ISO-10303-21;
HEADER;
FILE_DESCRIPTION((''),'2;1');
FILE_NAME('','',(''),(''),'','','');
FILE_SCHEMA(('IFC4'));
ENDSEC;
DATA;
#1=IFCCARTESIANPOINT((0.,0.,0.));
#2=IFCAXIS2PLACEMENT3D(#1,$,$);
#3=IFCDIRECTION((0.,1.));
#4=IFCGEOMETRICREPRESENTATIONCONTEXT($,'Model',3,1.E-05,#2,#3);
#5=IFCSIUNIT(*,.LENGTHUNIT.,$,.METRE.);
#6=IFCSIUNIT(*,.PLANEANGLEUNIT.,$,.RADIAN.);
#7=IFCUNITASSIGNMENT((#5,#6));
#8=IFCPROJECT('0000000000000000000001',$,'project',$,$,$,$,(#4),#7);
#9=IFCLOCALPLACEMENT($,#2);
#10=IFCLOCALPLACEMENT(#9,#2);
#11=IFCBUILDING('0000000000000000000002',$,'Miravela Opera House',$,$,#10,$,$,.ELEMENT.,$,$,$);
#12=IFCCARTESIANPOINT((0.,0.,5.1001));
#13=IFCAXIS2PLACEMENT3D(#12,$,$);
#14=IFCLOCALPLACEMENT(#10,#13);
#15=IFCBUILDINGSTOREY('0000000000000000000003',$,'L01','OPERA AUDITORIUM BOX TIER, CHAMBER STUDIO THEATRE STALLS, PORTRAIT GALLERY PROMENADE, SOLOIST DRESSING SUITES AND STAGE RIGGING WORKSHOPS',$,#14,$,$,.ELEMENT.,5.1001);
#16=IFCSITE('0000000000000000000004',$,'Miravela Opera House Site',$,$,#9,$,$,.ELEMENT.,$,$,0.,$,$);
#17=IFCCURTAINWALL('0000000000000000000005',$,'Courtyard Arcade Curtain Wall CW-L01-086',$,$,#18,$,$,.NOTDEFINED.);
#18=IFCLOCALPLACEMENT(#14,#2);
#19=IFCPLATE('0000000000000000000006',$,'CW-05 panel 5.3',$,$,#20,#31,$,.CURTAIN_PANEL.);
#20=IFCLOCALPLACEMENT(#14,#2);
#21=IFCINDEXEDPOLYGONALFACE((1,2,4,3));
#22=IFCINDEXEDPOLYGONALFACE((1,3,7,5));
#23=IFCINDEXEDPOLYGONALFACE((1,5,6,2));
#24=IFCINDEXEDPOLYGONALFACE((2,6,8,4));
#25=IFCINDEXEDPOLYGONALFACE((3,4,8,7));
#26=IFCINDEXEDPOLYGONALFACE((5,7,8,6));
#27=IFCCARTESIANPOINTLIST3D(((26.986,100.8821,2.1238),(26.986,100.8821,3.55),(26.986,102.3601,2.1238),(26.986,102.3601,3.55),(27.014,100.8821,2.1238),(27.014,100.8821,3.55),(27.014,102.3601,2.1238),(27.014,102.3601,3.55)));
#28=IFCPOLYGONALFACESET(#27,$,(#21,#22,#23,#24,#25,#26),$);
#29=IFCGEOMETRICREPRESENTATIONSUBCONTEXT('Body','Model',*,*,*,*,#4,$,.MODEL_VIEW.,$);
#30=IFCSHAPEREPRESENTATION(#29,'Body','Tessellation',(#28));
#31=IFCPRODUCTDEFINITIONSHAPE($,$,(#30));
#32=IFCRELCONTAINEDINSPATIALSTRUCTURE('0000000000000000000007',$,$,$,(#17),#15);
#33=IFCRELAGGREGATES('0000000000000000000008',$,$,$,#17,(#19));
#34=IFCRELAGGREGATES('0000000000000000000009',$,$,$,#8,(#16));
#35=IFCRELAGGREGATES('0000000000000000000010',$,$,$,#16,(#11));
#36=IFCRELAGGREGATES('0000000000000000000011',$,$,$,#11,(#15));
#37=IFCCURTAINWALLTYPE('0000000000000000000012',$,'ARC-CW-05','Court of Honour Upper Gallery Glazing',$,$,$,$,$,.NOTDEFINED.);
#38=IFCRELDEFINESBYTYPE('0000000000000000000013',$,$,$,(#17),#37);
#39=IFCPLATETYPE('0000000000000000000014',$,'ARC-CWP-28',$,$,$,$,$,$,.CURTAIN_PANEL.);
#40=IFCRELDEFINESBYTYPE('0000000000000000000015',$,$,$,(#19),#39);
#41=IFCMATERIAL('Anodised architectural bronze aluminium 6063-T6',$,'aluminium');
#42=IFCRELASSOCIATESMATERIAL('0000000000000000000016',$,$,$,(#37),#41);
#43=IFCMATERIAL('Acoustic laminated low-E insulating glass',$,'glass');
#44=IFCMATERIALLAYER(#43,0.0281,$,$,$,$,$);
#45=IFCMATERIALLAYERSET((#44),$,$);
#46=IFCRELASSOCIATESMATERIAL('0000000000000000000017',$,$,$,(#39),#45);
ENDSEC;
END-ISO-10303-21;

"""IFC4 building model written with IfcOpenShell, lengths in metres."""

from ifc_helpers import new_model, si_unit, direction, frame, origin, origin_2d, place, context, subcontext, project, spatial, rectangle, extrude, material, layer, layer_set, type_object, element, aggregate, save


model = new_model("IFC4")

# Units and contexts
model_context = context("Model", 3, precision=1e-05, world=origin(), true_north=direction((0.0, 1.0)))
body_context = subcontext(model_context, "Body", "Model", "MODEL_VIEW")
ifc_project = project(units=[si_unit("LENGTHUNIT", "METRE"), si_unit("PLANEANGLEUNIT", "RADIAN")], contexts=[model_context])

# Site, building, storey
site_placement = place(None, origin())
site = spatial("IfcSite", under=ifc_project, at=site_placement, Name="Miravela Opera House Site", CompositionType="ELEMENT", RefElevation=0.0)
building_placement = place(site_placement, origin())
building = spatial("IfcBuilding", under=site, at=building_placement, Name="Miravela Opera House", CompositionType="ELEMENT")
storey_placement = place(building_placement, frame((0.0, 0.0, 5.1001)))
storey = spatial("IfcBuildingStorey", under=building, at=storey_placement, Name="L01", Description="OPERA AUDITORIUM BOX TIER, CHAMBER STUDIO THEATRE STALLS, PORTRAIT GALLERY PROMENADE, SOLOIST DRESSING SUITES AND STAGE RIGGING WORKSHOPS", CompositionType="ELEMENT", Elevation=5.1001)

# Shared definitions
ifc_material_1 = material(Name="Anodised architectural bronze aluminium 6063-T6", Category="aluminium")
curtain_wall_type = type_object("IfcCurtainWallType", Name="ARC-CW-05", Description="Court of Honour Upper Gallery Glazing", PredefinedType="NOTDEFINED", material=ifc_material_1)

# Curtain wall
curtain_wall_1_placement = place(storey_placement, origin())
curtain_wall_1 = element("IfcCurtainWall", 1, at=curtain_wall_1_placement, inside=storey, type_object=curtain_wall_type, Name="Courtyard Arcade Curtain Wall CW-L01-086", PredefinedType="NOTDEFINED")

# Plate
ifc_material_2 = material(Name="Acoustic laminated low-E insulating glass", Category="glass")
ifc_layer = layer(ifc_material_2, 0.0281)
ifc_layer_set = layer_set([ifc_layer])
plate_type = type_object("IfcPlateType", Name="ARC-CWP-28", PredefinedType="CURTAIN_PANEL", material=ifc_layer_set)
plate_1_placement = place(storey_placement, frame((27.0, 101.6211, 2.1238), z_axis=(0.0, 0.0, 1.0), x_axis=(0.0, 1.0, 0.0)))
plate_1 = element("IfcPlate", 2, at=plate_1_placement, type_object=plate_type, Name="CW-05 panel 5.3", PredefinedType="CURTAIN_PANEL", context=body_context, shape_type="SweptSolid", body=[
    extrude(rectangle(XDim=1.478, YDim=0.0281, at=origin_2d()), origin(), (0.0, 0.0, 1.0), 1.4263),
])
aggregate(curtain_wall_1, [plate_1])

save(model, "model.ifc")
